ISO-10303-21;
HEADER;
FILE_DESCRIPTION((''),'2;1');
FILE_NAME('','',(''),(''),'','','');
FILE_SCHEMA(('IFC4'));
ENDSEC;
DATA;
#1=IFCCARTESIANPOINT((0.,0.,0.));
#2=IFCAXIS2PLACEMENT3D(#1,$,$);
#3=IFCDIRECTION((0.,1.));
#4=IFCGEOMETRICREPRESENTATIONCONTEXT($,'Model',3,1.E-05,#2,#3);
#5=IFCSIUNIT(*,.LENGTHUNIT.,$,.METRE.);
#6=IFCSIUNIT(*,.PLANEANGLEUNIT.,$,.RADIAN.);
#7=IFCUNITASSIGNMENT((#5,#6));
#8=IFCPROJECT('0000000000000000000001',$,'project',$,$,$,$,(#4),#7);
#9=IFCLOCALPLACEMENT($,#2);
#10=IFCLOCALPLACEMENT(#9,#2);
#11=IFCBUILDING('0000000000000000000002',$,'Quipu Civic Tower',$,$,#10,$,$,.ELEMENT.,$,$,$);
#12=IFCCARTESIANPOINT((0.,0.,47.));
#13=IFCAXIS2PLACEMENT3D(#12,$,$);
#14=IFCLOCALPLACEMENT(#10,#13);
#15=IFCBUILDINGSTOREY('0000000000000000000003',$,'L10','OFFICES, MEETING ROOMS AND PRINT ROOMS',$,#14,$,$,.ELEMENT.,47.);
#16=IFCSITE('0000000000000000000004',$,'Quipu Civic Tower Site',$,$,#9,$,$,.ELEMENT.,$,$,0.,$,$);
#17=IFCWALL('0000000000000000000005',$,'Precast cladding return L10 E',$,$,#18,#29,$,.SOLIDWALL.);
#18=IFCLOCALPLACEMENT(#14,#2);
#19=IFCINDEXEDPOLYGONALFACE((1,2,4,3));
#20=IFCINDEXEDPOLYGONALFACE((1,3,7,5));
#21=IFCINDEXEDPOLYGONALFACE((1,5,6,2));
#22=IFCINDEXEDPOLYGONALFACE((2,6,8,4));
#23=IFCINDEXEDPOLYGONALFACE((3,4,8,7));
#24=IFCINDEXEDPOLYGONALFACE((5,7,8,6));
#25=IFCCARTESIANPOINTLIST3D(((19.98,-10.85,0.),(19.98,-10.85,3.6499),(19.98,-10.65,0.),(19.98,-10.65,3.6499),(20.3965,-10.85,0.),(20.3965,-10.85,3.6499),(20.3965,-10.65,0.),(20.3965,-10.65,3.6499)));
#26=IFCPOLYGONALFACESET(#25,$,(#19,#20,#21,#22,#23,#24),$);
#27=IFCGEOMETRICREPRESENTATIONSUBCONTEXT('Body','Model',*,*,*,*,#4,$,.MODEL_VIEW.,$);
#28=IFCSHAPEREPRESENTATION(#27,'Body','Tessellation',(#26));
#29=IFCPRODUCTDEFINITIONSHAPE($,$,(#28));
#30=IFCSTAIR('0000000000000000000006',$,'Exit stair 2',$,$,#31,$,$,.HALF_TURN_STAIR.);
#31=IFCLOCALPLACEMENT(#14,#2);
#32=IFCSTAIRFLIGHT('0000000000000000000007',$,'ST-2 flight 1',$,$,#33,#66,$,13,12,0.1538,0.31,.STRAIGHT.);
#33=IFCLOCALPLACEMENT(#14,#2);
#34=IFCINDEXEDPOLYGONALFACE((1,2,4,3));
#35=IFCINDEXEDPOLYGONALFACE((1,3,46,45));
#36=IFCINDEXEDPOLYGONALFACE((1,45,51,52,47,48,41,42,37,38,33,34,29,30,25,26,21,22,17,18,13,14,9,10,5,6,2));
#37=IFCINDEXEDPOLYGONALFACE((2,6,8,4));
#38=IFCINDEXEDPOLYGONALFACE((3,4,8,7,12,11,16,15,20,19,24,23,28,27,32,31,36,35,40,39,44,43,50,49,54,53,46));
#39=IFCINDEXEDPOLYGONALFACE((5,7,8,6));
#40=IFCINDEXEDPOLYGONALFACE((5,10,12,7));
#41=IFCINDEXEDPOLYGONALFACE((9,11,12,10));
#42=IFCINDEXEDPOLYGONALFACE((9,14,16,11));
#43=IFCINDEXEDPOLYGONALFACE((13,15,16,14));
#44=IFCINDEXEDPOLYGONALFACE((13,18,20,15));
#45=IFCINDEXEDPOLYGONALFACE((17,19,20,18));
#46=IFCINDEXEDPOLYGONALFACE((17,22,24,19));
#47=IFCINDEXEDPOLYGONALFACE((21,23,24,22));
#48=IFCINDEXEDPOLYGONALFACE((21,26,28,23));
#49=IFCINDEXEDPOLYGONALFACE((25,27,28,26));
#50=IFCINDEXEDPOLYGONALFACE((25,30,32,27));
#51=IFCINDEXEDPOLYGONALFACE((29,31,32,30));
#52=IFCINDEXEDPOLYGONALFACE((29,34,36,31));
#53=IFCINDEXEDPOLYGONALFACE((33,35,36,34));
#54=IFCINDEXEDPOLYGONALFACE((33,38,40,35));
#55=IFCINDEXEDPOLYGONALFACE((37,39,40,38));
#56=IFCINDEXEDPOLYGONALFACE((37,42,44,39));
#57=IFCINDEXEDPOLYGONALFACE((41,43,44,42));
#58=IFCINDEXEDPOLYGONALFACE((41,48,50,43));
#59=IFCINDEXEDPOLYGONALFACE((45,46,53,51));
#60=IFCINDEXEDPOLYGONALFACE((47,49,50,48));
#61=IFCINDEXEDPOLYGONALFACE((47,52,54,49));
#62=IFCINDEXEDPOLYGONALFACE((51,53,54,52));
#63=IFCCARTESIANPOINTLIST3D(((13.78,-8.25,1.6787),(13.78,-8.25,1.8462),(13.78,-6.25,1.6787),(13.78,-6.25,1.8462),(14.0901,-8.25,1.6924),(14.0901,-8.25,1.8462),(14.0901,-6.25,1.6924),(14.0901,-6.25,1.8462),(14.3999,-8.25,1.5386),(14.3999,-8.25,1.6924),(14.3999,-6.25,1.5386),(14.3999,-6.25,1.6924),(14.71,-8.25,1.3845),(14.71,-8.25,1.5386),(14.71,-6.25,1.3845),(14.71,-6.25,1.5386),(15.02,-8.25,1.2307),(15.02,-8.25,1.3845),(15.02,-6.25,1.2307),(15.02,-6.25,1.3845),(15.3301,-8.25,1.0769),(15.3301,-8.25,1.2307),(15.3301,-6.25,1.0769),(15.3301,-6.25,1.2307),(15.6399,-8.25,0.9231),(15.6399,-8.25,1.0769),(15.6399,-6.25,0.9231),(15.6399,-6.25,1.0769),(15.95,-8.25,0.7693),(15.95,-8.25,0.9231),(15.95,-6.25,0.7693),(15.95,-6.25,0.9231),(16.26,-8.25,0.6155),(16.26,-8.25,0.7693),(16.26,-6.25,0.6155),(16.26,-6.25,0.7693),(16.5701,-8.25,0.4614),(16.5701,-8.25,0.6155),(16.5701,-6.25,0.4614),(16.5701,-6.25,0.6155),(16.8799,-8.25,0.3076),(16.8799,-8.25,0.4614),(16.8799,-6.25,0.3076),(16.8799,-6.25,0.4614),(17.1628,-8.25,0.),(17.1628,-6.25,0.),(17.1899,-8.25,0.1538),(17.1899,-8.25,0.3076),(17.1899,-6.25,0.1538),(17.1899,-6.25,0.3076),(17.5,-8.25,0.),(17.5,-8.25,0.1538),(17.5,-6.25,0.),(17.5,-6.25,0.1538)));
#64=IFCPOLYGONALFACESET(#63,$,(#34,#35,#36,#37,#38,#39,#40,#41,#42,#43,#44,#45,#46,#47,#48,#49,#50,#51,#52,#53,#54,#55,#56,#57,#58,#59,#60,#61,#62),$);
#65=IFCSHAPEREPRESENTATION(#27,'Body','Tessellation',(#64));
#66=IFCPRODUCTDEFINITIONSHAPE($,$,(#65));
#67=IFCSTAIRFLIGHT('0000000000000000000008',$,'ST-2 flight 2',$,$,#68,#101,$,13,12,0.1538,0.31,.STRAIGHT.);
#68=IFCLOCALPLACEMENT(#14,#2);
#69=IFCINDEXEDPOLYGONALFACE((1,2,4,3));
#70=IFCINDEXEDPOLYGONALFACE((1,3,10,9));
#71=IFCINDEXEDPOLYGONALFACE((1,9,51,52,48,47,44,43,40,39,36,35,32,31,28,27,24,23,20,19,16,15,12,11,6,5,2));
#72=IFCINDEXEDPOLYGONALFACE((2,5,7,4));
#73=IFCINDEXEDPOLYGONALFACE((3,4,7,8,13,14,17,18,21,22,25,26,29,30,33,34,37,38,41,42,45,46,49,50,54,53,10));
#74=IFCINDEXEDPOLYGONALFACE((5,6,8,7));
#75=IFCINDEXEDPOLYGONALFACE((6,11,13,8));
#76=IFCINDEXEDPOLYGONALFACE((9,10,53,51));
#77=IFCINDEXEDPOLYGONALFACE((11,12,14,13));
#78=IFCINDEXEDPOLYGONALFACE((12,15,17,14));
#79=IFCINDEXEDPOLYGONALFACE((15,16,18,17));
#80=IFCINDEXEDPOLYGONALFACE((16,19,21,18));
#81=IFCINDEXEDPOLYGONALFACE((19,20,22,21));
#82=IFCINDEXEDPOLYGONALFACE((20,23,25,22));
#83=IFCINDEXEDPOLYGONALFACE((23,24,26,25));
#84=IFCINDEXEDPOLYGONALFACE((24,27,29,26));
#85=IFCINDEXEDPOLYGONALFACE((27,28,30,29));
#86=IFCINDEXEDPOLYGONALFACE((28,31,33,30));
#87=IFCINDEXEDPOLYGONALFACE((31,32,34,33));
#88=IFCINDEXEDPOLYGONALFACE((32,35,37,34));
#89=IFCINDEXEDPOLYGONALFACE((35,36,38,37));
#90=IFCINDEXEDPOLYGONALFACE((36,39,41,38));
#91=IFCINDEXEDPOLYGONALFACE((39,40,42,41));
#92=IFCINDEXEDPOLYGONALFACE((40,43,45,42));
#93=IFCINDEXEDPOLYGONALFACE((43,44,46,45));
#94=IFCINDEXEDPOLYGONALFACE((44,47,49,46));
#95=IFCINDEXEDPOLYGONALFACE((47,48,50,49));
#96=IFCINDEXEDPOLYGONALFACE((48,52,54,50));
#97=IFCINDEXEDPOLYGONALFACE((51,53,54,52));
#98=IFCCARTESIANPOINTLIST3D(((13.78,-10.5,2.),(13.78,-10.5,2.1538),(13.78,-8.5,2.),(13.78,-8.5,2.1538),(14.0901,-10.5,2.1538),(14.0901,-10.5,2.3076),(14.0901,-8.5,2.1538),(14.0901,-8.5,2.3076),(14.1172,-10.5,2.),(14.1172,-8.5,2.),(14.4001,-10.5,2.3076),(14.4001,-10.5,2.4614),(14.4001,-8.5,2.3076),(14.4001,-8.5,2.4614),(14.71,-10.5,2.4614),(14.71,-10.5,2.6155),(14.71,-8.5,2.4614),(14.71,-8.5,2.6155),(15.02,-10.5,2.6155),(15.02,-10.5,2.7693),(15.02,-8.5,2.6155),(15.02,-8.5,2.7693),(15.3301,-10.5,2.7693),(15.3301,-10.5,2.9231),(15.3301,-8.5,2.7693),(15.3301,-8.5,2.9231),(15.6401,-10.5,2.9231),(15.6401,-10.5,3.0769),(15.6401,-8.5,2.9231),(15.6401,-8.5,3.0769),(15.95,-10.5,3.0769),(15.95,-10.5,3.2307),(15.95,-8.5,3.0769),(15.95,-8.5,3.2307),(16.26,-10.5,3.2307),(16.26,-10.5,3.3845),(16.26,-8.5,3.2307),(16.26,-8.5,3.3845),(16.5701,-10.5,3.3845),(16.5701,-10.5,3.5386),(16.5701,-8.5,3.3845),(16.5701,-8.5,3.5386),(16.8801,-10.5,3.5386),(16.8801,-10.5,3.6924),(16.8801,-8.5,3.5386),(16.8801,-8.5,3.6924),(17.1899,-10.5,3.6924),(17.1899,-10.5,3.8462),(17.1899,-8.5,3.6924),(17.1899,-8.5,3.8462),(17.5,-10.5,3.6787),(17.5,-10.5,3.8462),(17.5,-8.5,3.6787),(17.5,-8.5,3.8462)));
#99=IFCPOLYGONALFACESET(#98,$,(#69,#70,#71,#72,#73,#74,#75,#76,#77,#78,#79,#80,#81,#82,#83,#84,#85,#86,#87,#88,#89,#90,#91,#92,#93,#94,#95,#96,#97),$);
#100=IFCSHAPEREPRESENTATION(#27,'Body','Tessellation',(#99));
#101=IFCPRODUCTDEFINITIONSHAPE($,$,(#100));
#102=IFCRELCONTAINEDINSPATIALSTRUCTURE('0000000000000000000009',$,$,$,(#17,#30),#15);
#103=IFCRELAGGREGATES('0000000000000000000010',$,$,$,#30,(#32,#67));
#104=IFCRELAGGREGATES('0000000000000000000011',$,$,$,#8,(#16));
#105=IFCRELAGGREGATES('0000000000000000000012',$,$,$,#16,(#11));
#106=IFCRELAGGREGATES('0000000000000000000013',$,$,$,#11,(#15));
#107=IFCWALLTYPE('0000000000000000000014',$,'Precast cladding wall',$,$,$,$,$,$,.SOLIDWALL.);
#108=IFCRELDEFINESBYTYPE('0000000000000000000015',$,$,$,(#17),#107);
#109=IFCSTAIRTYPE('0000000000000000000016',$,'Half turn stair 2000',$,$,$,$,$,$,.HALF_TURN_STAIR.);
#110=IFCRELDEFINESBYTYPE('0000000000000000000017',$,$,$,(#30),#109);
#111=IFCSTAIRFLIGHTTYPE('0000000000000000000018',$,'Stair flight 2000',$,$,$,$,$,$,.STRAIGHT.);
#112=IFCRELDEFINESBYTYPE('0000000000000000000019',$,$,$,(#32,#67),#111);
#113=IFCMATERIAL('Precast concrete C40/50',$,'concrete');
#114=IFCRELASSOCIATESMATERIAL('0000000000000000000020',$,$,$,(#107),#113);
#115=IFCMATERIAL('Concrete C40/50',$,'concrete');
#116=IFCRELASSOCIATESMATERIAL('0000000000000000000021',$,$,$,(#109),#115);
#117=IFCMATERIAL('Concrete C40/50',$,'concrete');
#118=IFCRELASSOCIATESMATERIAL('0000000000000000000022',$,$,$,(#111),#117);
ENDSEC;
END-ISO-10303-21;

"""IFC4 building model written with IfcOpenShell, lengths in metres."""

from ifc_helpers import new_model, si_unit, direction, frame, frame_2d, origin, place, context, subcontext, project, spatial, polyline, rectangle, outline, extrude, material, type_object, element, aggregate, save


model = new_model("IFC4")

# Units and contexts
model_context = context("Model", 3, precision=1e-05, world=origin(), true_north=direction((0.0, 1.0)))
body_context = subcontext(model_context, "Body", "Model", "MODEL_VIEW")
ifc_project = project(units=[si_unit("LENGTHUNIT", "METRE"), si_unit("PLANEANGLEUNIT", "RADIAN")], contexts=[model_context])

# Site, building, storey
site_placement = place(None, origin())
site = spatial("IfcSite", under=ifc_project, at=site_placement, Name="Quipu Civic Tower Site", CompositionType="ELEMENT", RefElevation=0.0)
building_placement = place(site_placement, origin())
building = spatial("IfcBuilding", under=site, at=building_placement, Name="Quipu Civic Tower", CompositionType="ELEMENT")
storey_placement = place(building_placement, frame((0.0, 0.0, 47.0)))
storey = spatial("IfcBuildingStorey", under=building, at=storey_placement, Name="L10", Description="OFFICES, MEETING ROOMS AND PRINT ROOMS", CompositionType="ELEMENT", Elevation=47.0)

# Wall
ifc_material_1 = material(Name="Precast concrete C40/50", Category="concrete")
wall_type_1 = type_object("IfcWallType", Name="Precast cladding wall", PredefinedType="SOLIDWALL", material=ifc_material_1)
wall_1_placement = place(storey_placement, frame((19.98, -10.75, 0.0), z_axis=(0.0, 0.0, 1.0), x_axis=(1.0, 0.0, 0.0)))
element("IfcWall", 1, at=wall_1_placement, inside=storey, type_object=wall_type_1, Name="Precast cladding return L10 E", PredefinedType="SOLIDWALL", context=body_context, shape_type="SweptSolid", body=[
    extrude(rectangle(XDim=0.4165, YDim=0.2, at=frame_2d((0.2083, 0.0))), origin(), (0.0, 0.0, 1.0), 3.6499),
])

# Stair, stair flights
ifc_material_2 = material(Name="Concrete C40/50", Category="concrete")
stair_type = type_object("IfcStairType", Name="Half turn stair 2000", PredefinedType="HALF_TURN_STAIR", material=ifc_material_2)
stair_placement = place(storey_placement, origin())
stair = element("IfcStair", 2, at=stair_placement, inside=storey, type_object=stair_type, Name="Exit stair 2", PredefinedType="HALF_TURN_STAIR")
ifc_material_3 = material(Name="Concrete C40/50", Category="concrete")
stair_flight_type = type_object("IfcStairFlightType", Name="Stair flight 2000", PredefinedType="STRAIGHT", material=ifc_material_3)
stair_flight_1_placement = place(storey_placement, frame((17.5, -7.25, 0.0), z_axis=(0.0, 0.0, 1.0), x_axis=(-1.0, 0.0, 0.0)))
stair_flight_1 = element("IfcStairFlight", 3, at=stair_flight_1_placement, type_object=stair_flight_type, Name="ST-2 flight 1", NumberOfRisers=13, NumberOfTreads=12, PredefinedType="STRAIGHT", RiserHeight=0.1538, TreadLength=0.31, context=body_context, shape_type="SweptSolid", body=[
    extrude(outline(polyline([(0.0, 0.0), (0.0, 0.1538), (0.3101, 0.1538), (0.3101, 0.3076), (0.6201, 0.3076), (0.6201, 0.4614), (0.9299, 0.4614), (0.9299, 0.6155), (1.24, 0.6155), (1.24, 0.7693), (1.55, 0.7693), (1.55, 0.9231), (1.8601, 0.9231), (1.8601, 1.0769), (2.1699, 1.0769), (2.1699, 1.2307), (2.48, 1.2307), (2.48, 1.3845), (2.79, 1.3845), (2.79, 1.5386), (3.1001, 1.5386), (3.1001, 1.6924), (3.4099, 1.6924), (3.4099, 1.8462), (3.72, 1.8462), (3.72, 2.0), (3.72, 1.6787), (0.3372, 0.0), (0.0, 0.0)])), frame((0.0, 1.0, 0.0), z_axis=(0.0, -1.0, 0.0), x_axis=(1.0, 0.0, 0.0)), (0.0, 0.0, 1.0), 2.0),
])
stair_flight_2_placement = place(storey_placement, frame((13.78, -9.5, 2.0), z_axis=(0.0, 0.0, 1.0), x_axis=(1.0, 0.0, 0.0)))
stair_flight_2 = element("IfcStairFlight", 4, at=stair_flight_2_placement, type_object=stair_flight_type, Name="ST-2 flight 2", NumberOfRisers=13, NumberOfTreads=12, PredefinedType="STRAIGHT", RiserHeight=0.1538, TreadLength=0.31, context=body_context, shape_type="SweptSolid", body=[
    extrude(outline(polyline([(0.0, 0.0), (0.0, 0.1538), (0.3101, 0.1538), (0.3101, 0.3076), (0.6201, 0.3076), (0.6201, 0.4614), (0.9299, 0.4614), (0.9299, 0.6155), (1.24, 0.6155), (1.24, 0.7693), (1.55, 0.7693), (1.55, 0.9231), (1.8601, 0.9231), (1.8601, 1.0769), (2.1699, 1.0769), (2.1699, 1.2307), (2.48, 1.2307), (2.48, 1.3845), (2.79, 1.3845), (2.79, 1.5386), (3.1001, 1.5386), (3.1001, 1.6924), (3.4099, 1.6924), (3.4099, 1.8462), (3.72, 1.8462), (3.72, 2.0), (3.72, 1.6787), (0.3372, 0.0), (0.0, 0.0)])), frame((0.0, 1.0, 0.0), z_axis=(0.0, -1.0, 0.0), x_axis=(1.0, 0.0, 0.0)), (0.0, 0.0, 1.0), 2.0),
])
aggregate(stair, [stair_flight_1, stair_flight_2])

save(model, "model.ifc")
